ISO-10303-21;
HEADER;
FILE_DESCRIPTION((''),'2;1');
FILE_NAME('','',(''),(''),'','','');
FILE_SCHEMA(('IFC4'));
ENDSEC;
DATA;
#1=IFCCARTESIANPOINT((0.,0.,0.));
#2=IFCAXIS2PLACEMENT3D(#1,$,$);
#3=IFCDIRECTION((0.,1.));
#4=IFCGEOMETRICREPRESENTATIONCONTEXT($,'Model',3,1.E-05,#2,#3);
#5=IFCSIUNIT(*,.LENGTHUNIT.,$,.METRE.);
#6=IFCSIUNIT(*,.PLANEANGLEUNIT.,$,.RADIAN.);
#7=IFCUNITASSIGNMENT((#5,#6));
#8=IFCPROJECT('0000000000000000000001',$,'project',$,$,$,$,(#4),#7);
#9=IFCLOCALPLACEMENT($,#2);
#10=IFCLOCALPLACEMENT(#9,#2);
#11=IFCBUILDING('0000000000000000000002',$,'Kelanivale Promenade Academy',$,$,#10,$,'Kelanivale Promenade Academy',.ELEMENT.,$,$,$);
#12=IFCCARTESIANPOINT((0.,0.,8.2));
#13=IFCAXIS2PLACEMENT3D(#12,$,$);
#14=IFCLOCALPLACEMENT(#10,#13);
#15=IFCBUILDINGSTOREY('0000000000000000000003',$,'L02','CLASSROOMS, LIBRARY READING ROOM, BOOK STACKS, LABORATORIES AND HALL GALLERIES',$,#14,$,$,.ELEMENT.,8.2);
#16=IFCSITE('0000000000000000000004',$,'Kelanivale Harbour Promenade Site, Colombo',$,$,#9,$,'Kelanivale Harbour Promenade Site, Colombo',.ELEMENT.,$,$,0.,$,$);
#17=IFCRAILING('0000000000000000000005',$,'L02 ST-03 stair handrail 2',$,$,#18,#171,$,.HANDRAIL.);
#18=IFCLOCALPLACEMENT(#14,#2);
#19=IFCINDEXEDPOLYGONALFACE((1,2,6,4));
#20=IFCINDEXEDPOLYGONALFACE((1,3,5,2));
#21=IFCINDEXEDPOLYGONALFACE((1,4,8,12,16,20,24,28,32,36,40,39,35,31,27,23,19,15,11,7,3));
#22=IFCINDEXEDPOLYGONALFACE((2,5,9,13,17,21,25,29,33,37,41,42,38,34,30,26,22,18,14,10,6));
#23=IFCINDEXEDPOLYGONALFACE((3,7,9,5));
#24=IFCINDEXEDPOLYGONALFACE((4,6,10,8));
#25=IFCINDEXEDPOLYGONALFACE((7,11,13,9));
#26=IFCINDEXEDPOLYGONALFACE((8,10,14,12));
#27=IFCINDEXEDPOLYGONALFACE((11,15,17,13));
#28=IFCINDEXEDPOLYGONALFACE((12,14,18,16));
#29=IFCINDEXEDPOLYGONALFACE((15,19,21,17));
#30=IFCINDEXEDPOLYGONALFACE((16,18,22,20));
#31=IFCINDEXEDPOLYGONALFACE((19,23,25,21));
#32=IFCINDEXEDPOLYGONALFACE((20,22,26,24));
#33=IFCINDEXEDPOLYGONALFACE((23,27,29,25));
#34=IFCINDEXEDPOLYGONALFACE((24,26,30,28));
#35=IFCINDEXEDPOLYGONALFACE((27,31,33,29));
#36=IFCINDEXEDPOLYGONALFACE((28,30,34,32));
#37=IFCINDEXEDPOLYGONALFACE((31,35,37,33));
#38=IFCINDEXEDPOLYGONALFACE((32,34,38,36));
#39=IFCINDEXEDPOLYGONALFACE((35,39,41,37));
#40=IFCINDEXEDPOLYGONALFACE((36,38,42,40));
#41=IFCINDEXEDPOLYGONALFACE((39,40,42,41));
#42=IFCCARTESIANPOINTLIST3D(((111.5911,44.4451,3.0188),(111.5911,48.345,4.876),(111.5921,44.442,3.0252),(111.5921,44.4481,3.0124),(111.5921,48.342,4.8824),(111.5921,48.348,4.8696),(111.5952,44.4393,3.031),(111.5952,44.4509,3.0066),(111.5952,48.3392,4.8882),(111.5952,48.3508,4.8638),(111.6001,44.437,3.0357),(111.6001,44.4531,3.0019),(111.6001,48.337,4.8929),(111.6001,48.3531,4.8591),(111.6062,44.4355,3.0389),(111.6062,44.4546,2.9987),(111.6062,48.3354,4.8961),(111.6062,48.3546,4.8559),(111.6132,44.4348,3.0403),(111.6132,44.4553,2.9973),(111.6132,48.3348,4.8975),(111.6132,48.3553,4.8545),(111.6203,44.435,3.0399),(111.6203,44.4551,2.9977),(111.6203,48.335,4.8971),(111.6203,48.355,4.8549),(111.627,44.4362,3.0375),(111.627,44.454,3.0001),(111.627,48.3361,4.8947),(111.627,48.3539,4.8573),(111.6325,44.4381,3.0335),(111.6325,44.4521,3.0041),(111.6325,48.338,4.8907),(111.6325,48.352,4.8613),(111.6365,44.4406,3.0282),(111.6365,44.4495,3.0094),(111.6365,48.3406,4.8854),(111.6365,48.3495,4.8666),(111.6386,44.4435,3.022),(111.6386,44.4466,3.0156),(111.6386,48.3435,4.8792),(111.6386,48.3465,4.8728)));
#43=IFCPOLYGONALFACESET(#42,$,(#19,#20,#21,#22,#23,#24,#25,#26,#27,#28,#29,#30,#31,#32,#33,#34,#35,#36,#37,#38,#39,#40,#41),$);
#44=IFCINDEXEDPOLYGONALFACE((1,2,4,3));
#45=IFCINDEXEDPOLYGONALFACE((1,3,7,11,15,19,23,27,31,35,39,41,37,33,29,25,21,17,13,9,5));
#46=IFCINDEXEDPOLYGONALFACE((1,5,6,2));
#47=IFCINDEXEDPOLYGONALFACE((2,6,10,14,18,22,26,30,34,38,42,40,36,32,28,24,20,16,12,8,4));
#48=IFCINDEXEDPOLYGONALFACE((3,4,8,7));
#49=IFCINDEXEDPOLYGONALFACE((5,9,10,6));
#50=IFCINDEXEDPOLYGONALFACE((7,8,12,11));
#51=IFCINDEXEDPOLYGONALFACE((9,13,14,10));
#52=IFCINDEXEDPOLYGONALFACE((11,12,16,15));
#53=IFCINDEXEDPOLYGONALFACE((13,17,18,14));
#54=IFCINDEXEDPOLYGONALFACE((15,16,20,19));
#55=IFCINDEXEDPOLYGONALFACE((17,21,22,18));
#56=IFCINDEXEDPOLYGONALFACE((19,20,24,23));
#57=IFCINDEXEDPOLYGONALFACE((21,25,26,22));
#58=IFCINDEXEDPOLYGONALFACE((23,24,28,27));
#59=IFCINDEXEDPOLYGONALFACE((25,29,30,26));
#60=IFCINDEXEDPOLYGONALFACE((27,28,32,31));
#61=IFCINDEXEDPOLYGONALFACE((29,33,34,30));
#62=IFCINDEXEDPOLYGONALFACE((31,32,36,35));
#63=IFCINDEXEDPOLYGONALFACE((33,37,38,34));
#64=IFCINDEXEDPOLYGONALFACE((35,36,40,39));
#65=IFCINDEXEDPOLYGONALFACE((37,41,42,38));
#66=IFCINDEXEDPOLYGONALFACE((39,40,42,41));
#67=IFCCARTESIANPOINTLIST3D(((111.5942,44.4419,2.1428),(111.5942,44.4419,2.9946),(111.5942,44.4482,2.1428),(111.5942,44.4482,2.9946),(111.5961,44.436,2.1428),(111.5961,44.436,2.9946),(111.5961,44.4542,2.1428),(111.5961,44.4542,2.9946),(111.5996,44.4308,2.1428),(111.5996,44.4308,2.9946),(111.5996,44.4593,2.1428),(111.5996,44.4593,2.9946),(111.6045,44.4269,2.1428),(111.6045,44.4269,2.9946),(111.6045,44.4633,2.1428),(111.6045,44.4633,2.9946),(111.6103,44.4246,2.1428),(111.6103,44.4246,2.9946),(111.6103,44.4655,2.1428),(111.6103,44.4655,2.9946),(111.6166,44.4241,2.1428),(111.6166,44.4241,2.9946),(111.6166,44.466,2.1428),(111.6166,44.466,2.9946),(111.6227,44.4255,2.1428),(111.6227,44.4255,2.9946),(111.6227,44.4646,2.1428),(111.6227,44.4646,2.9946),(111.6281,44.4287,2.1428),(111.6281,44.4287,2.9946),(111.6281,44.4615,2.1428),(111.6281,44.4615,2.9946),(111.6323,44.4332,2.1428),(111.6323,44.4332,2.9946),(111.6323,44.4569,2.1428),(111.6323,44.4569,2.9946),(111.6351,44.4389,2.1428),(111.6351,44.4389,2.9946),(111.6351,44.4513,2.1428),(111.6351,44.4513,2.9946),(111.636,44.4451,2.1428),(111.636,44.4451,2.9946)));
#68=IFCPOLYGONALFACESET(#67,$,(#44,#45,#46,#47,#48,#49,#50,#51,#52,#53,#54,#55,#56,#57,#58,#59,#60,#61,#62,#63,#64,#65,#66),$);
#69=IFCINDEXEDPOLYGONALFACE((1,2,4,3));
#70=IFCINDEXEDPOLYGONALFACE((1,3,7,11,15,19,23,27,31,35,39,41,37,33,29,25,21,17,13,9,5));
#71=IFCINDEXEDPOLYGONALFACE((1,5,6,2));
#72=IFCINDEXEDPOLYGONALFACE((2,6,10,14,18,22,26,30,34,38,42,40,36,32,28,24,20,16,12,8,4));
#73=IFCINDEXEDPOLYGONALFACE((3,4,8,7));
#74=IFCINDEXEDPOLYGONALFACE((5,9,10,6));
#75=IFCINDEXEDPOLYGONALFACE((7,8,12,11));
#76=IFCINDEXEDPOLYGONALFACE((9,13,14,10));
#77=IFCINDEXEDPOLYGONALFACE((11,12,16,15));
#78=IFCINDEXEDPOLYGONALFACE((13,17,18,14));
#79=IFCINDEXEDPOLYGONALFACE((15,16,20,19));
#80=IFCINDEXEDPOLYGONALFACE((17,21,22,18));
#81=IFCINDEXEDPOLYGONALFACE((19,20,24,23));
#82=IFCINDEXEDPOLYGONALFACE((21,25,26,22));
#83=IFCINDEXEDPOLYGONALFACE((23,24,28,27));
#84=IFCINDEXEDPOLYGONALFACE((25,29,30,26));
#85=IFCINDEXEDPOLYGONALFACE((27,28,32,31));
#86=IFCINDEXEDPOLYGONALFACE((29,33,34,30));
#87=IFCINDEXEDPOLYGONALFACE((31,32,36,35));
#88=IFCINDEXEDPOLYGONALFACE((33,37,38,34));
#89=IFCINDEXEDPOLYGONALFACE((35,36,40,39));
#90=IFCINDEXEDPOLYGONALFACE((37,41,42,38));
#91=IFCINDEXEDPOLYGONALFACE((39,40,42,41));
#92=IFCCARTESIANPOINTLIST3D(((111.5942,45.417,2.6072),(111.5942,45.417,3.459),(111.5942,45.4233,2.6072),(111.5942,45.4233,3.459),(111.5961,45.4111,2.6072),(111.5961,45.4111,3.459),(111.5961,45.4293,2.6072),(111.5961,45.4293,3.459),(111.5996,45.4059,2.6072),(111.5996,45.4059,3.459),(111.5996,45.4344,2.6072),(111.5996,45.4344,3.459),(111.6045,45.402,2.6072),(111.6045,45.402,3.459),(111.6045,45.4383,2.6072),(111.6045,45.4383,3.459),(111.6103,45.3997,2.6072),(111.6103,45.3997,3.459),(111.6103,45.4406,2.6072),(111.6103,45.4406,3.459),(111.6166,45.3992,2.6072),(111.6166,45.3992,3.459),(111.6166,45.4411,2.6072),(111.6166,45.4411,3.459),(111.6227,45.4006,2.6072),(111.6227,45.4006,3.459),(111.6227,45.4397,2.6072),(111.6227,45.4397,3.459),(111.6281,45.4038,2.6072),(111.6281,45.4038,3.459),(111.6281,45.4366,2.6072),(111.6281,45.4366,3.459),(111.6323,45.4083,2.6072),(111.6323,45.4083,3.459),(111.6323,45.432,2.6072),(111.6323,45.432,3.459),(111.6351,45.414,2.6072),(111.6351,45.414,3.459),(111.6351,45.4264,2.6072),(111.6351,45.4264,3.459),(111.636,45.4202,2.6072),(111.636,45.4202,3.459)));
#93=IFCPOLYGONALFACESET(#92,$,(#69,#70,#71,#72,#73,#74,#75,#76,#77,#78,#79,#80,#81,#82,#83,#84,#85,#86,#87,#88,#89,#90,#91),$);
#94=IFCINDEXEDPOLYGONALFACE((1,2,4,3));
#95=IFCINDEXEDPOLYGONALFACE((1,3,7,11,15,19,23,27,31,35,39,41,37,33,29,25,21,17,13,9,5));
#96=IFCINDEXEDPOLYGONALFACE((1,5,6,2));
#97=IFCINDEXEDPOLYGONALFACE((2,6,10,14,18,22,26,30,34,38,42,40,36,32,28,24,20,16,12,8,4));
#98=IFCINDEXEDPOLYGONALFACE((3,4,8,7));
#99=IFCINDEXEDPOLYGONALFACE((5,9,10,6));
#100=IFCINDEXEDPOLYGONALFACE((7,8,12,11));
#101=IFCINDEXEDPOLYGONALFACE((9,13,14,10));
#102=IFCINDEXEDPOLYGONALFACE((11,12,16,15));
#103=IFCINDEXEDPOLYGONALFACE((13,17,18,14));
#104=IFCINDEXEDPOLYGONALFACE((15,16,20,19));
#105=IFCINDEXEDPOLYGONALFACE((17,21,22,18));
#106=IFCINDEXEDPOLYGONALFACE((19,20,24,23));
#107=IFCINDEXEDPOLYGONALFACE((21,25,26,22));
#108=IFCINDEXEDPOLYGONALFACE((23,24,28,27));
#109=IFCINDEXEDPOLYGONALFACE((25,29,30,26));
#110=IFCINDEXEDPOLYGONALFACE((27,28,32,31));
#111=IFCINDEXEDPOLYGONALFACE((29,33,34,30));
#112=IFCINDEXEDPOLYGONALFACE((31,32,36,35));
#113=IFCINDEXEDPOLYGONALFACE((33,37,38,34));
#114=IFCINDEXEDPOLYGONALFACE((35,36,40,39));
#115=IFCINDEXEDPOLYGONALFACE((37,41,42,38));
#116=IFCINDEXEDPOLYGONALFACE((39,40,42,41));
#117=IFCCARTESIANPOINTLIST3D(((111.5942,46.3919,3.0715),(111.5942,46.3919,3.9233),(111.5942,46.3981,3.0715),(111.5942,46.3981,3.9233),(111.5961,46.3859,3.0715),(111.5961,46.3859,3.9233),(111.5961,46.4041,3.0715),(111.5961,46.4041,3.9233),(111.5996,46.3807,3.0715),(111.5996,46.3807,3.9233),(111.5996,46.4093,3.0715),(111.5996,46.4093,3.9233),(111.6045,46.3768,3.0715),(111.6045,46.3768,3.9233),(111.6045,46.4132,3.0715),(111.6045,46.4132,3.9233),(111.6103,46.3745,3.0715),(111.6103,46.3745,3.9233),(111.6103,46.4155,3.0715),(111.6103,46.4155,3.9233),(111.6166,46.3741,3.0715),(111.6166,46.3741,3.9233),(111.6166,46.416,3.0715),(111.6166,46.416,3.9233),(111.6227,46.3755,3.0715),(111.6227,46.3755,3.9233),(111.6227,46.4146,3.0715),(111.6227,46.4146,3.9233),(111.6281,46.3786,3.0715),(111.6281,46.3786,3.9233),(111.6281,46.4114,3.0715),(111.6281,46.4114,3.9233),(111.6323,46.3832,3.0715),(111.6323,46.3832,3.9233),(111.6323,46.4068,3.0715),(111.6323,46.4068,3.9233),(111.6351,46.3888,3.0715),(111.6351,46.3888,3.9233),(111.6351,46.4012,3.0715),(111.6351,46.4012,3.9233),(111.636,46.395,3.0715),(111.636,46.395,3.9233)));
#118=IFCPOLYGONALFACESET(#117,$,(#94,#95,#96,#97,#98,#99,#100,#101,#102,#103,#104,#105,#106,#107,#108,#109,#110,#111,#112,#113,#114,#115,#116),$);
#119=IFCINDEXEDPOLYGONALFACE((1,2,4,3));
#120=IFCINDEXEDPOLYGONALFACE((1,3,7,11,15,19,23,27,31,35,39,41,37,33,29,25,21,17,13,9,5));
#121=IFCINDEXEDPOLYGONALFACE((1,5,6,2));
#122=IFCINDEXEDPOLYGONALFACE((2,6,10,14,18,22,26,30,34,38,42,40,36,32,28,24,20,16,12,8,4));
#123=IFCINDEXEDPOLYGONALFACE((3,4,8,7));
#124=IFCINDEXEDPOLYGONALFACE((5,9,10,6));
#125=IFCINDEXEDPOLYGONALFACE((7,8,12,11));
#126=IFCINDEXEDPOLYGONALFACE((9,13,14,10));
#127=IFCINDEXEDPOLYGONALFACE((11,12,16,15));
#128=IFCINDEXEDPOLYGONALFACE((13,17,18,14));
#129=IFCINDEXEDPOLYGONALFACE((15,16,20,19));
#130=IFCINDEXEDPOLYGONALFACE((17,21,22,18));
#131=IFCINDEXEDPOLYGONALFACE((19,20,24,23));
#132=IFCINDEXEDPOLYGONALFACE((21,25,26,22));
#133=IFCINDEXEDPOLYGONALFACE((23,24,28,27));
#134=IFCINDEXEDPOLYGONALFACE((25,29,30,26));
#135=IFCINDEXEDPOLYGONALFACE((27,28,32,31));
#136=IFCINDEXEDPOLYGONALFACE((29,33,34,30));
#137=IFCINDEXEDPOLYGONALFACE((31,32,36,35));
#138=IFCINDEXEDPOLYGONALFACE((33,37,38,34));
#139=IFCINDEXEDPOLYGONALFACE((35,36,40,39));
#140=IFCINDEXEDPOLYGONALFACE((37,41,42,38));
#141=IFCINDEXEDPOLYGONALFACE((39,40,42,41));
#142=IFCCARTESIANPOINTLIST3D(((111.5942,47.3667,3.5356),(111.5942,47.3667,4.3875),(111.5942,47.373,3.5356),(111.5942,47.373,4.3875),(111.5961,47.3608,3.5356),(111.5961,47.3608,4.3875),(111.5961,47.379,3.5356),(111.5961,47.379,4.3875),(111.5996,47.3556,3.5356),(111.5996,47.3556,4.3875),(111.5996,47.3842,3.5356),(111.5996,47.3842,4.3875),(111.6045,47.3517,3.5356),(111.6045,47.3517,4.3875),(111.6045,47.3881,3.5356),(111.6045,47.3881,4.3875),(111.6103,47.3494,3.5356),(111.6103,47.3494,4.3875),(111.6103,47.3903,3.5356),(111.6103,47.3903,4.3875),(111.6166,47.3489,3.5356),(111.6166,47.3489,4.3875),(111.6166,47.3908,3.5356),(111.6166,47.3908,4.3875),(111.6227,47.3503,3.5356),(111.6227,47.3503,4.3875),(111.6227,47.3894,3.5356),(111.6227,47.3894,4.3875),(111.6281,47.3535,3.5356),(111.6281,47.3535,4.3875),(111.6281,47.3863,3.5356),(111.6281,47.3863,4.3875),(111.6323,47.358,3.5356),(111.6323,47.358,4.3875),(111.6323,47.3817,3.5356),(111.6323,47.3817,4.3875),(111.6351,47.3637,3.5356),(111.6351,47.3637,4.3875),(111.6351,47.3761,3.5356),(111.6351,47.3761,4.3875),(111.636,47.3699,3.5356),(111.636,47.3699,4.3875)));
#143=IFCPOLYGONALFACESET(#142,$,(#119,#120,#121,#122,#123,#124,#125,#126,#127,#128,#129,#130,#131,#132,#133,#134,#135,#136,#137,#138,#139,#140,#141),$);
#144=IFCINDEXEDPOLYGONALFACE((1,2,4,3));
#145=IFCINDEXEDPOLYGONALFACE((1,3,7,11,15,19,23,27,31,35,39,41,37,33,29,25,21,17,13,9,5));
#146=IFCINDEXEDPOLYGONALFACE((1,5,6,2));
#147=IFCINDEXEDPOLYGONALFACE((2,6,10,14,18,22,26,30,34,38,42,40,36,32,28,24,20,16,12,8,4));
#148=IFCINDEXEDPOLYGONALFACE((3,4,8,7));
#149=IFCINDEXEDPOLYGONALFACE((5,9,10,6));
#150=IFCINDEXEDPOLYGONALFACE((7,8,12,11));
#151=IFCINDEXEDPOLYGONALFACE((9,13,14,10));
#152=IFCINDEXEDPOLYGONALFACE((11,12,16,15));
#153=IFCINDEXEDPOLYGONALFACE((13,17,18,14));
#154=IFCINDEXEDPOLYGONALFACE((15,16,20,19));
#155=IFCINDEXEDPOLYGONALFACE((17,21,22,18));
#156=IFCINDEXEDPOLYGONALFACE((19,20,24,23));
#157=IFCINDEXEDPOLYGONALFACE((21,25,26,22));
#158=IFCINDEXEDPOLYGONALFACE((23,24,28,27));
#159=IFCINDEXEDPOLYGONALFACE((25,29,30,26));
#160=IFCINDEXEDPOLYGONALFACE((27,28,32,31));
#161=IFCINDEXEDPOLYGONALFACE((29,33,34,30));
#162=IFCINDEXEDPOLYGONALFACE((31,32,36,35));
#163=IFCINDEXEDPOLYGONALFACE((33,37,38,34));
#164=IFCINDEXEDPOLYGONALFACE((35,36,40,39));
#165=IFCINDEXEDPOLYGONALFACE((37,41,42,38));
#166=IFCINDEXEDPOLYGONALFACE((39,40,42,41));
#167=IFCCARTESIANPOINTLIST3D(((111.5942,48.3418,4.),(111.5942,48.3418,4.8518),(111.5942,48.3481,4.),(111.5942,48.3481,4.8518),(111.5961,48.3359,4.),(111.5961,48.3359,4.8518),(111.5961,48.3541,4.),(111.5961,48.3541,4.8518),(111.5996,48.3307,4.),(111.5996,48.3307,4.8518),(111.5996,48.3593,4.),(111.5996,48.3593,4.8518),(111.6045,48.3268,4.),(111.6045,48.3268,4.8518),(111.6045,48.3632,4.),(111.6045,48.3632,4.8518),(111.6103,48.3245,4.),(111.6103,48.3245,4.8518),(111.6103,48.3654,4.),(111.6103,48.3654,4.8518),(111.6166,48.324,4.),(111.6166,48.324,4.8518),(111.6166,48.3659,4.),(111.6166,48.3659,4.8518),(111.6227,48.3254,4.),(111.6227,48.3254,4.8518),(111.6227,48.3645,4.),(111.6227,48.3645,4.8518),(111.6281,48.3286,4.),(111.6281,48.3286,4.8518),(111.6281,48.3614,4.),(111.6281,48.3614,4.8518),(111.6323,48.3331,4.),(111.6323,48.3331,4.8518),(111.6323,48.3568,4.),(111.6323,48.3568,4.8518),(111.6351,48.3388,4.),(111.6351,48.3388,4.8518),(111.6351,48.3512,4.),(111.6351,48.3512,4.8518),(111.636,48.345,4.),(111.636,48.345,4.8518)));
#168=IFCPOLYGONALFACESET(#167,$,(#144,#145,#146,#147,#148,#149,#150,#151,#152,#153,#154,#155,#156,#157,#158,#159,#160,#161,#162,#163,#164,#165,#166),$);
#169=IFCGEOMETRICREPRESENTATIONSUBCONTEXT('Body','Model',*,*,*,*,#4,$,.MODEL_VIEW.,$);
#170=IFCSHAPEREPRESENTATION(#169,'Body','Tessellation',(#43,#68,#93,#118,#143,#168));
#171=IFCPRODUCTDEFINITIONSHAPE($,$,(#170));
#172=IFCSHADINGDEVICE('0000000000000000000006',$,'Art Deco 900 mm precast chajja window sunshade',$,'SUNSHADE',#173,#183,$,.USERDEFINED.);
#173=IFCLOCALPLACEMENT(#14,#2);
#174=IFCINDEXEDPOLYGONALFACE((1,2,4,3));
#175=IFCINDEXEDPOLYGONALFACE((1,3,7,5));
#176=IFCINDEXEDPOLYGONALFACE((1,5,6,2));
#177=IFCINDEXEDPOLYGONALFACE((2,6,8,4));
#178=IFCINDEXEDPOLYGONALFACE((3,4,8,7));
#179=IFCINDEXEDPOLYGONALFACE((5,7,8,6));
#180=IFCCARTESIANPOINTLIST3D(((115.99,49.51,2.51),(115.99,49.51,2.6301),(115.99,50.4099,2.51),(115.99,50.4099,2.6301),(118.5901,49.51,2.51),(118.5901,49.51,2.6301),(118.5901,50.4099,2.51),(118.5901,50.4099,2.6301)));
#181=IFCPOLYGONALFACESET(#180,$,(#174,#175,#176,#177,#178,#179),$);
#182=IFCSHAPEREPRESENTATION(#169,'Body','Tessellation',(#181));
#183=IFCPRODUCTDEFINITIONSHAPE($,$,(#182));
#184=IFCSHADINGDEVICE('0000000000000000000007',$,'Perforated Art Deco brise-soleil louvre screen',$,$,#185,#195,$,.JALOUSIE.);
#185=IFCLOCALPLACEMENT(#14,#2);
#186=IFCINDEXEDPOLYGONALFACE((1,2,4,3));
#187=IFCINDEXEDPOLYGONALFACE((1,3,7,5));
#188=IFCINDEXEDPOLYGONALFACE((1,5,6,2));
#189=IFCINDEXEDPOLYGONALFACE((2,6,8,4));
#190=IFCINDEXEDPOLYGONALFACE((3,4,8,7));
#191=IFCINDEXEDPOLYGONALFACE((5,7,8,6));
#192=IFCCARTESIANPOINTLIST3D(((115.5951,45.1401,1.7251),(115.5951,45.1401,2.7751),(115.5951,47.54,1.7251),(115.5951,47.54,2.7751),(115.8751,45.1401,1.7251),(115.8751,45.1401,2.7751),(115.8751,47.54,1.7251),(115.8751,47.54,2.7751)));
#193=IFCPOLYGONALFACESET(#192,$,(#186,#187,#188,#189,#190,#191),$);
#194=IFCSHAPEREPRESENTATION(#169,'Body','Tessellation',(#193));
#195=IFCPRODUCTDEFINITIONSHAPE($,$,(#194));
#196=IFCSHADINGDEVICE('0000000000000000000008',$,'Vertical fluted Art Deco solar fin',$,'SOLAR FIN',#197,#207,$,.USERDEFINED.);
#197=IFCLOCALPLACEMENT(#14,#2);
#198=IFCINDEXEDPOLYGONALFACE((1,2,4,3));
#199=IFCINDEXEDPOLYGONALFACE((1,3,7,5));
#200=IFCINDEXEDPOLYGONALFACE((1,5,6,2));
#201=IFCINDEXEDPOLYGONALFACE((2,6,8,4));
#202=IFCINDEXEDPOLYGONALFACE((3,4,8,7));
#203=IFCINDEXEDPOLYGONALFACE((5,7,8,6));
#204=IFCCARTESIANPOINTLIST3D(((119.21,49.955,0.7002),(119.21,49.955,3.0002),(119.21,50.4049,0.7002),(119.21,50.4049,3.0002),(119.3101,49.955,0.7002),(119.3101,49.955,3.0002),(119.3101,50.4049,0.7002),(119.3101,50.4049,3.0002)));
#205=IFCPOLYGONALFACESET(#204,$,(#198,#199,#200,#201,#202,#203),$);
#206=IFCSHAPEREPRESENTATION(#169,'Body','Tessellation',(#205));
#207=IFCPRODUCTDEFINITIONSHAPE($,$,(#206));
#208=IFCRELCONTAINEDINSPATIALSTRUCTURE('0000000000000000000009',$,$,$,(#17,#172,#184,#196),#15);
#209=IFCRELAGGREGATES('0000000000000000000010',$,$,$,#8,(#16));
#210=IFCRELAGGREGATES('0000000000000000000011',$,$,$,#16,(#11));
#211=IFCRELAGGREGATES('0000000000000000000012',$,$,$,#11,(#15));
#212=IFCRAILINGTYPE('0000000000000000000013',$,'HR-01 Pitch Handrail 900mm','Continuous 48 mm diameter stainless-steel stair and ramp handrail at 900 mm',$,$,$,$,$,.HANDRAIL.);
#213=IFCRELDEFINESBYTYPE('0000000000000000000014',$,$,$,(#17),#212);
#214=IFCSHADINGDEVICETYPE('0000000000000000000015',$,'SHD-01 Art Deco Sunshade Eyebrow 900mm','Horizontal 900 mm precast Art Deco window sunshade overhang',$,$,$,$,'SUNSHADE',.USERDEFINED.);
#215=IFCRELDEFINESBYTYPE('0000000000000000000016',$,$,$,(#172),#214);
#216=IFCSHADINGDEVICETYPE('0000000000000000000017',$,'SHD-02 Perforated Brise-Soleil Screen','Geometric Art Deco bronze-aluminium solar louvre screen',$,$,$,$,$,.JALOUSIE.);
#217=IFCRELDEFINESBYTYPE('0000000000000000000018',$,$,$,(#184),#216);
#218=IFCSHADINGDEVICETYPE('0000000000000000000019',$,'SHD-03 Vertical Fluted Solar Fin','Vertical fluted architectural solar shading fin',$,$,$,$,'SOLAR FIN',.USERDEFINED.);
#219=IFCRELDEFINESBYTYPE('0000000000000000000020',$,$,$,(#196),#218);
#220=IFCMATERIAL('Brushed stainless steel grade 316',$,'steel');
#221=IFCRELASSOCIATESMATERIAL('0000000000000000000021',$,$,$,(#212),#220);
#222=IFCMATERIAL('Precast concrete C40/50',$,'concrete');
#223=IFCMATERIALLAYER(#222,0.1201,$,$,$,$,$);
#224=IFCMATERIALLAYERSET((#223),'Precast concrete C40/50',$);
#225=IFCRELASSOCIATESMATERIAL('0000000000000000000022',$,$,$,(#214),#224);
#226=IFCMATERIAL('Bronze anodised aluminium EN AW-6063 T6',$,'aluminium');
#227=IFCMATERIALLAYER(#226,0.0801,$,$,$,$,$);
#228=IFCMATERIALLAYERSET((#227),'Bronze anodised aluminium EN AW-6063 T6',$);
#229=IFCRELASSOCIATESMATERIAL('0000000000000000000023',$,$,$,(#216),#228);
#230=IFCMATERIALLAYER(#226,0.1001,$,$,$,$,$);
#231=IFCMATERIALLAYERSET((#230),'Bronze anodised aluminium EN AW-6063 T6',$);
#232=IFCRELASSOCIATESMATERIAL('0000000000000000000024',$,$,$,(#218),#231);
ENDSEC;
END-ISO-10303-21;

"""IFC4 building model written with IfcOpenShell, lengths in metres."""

from ifc_helpers import new_model, si_unit, direction, frame, origin, origin_2d, place, context, subcontext, project, spatial, rectangle, circle, extrude, material, layer, layer_set, type_object, element, save


model = new_model("IFC4")

# Units and contexts
model_context = context("Model", 3, precision=1e-05, world=origin(), true_north=direction((0.0, 1.0)))
body_context = subcontext(model_context, "Body", "Model", "MODEL_VIEW")
ifc_project = project(units=[si_unit("LENGTHUNIT", "METRE"), si_unit("PLANEANGLEUNIT", "RADIAN")], contexts=[model_context])

# Site, building, storey
site_placement = place(None, origin())
site = spatial("IfcSite", under=ifc_project, at=site_placement, Name="Kelanivale Harbour Promenade Site, Colombo", LongName="Kelanivale Harbour Promenade Site, Colombo", CompositionType="ELEMENT", RefElevation=0.0)
building_placement = place(site_placement, origin())
building = spatial("IfcBuilding", under=site, at=building_placement, Name="Kelanivale Promenade Academy", LongName="Kelanivale Promenade Academy", CompositionType="ELEMENT")
storey_placement = place(building_placement, frame((0.0, 0.0, 8.2)))
storey = spatial("IfcBuildingStorey", under=building, at=storey_placement, Name="L02", Description="CLASSROOMS, LIBRARY READING ROOM, BOOK STACKS, LABORATORIES AND HALL GALLERIES", CompositionType="ELEMENT", Elevation=8.2)

# Railing
ifc_material_1 = material(Name="Brushed stainless steel grade 316", Category="steel")
railing_type_1 = type_object("IfcRailingType", Name="HR-01 Pitch Handrail 900mm", Description="Continuous 48 mm diameter stainless-steel stair and ramp handrail at 900 mm", PredefinedType="HANDRAIL", material=ifc_material_1)
railing_1_placement = place(storey_placement, frame((111.615, 44.4451, 2.1428)))
element("IfcRailing", 1, at=railing_1_placement, inside=storey, type_object=railing_type_1, Name="L02 ST-03 stair handrail 2", PredefinedType="HANDRAIL", context=body_context, shape_type="SweptSolid", body=[
    extrude(circle(Radius=0.0239, at=origin_2d()), frame((0.0, 0.0, 0.876), z_axis=(0.0, 0.902853, 0.429949), x_axis=(-1.0, 0.0, 0.0)), (0.0, 0.0, 1.0), 4.3196),
    extrude(circle(Radius=0.021, at=origin_2d()), origin(), (0.0, 0.0, 1.0), 0.8518),
    extrude(circle(Radius=0.021, at=origin_2d()), frame((0.0, 0.9751, 0.4644)), (0.0, 0.0, 1.0), 0.8518),
    extrude(circle(Radius=0.021, at=origin_2d()), frame((0.0, 1.95, 0.9287)), (0.0, 0.0, 1.0), 0.8518),
    extrude(circle(Radius=0.021, at=origin_2d()), frame((0.0, 2.9248, 1.3928)), (0.0, 0.0, 1.0), 0.8518),
    extrude(circle(Radius=0.021, at=origin_2d()), frame((0.0, 3.8999, 1.8572)), (0.0, 0.0, 1.0), 0.8518),
])

# Shading devices
ifc_material_2 = material(Name="Precast concrete C40/50", Category="concrete")
ifc_layer_1 = layer(ifc_material_2, 0.1201)
ifc_layer_set_1 = layer_set([ifc_layer_1], Name="Precast concrete C40/50")
shading_device_type_1 = type_object("IfcShadingDeviceType", Name="SHD-01 Art Deco Sunshade Eyebrow 900mm", Description="Horizontal 900 mm precast Art Deco window sunshade overhang", ElementType="SUNSHADE", PredefinedType="USERDEFINED", material=ifc_layer_set_1)
shading_device_1_placement = place(storey_placement, frame((117.29, 49.96, 2.51), z_axis=(0.0, 0.0, 1.0), x_axis=(1.0, 0.0, 0.0)))
element("IfcShadingDevice", 2, at=shading_device_1_placement, inside=storey, type_object=shading_device_type_1, Name="Art Deco 900 mm precast chajja window sunshade", ObjectType="SUNSHADE", PredefinedType="USERDEFINED", context=body_context, shape_type="SweptSolid", body=[
    extrude(rectangle(XDim=2.6001, YDim=0.8999, at=origin_2d()), origin(), (0.0, 0.0, 1.0), 0.1201),
])
ifc_material_3 = material(Name="Bronze anodised aluminium EN AW-6063 T6", Category="aluminium")
ifc_layer_2 = layer(ifc_material_3, 0.0801)
ifc_layer_set_2 = layer_set([ifc_layer_2], Name="Bronze anodised aluminium EN AW-6063 T6")
shading_device_type_2 = type_object("IfcShadingDeviceType", Name="SHD-02 Perforated Brise-Soleil Screen", Description="Geometric Art Deco bronze-aluminium solar louvre screen", PredefinedType="JALOUSIE", material=ifc_layer_set_2)
shading_device_2_placement = place(storey_placement, frame((115.7351, 46.3401, 1.7251), z_axis=(0.0, 0.0, 1.0), x_axis=(0.0, 1.0, 0.0)))
element("IfcShadingDevice", 3, at=shading_device_2_placement, inside=storey, type_object=shading_device_type_2, Name="Perforated Art Deco brise-soleil louvre screen", PredefinedType="JALOUSIE", context=body_context, shape_type="SweptSolid", body=[
    extrude(rectangle(XDim=2.3999, YDim=0.28, at=origin_2d()), origin(), (0.0, 0.0, 1.0), 1.05),
])
ifc_layer_3 = layer(ifc_material_3, 0.1001)
ifc_layer_set_3 = layer_set([ifc_layer_3], Name="Bronze anodised aluminium EN AW-6063 T6")
shading_device_type_3 = type_object("IfcShadingDeviceType", Name="SHD-03 Vertical Fluted Solar Fin", Description="Vertical fluted architectural solar shading fin", ElementType="SOLAR FIN", PredefinedType="USERDEFINED", material=ifc_layer_set_3)
shading_device_3_placement = place(storey_placement, frame((119.26, 50.1799, 0.7002), z_axis=(0.0, 0.0, 1.0), x_axis=(1.0, 0.0, 0.0)))
element("IfcShadingDevice", 4, at=shading_device_3_placement, inside=storey, type_object=shading_device_type_3, Name="Vertical fluted Art Deco solar fin", ObjectType="SOLAR FIN", PredefinedType="USERDEFINED", context=body_context, shape_type="SweptSolid", body=[
    extrude(rectangle(XDim=0.1001, YDim=0.45, at=origin_2d()), origin(), (0.0, 0.0, 1.0), 2.3),
])

save(model, "model.ifc")
